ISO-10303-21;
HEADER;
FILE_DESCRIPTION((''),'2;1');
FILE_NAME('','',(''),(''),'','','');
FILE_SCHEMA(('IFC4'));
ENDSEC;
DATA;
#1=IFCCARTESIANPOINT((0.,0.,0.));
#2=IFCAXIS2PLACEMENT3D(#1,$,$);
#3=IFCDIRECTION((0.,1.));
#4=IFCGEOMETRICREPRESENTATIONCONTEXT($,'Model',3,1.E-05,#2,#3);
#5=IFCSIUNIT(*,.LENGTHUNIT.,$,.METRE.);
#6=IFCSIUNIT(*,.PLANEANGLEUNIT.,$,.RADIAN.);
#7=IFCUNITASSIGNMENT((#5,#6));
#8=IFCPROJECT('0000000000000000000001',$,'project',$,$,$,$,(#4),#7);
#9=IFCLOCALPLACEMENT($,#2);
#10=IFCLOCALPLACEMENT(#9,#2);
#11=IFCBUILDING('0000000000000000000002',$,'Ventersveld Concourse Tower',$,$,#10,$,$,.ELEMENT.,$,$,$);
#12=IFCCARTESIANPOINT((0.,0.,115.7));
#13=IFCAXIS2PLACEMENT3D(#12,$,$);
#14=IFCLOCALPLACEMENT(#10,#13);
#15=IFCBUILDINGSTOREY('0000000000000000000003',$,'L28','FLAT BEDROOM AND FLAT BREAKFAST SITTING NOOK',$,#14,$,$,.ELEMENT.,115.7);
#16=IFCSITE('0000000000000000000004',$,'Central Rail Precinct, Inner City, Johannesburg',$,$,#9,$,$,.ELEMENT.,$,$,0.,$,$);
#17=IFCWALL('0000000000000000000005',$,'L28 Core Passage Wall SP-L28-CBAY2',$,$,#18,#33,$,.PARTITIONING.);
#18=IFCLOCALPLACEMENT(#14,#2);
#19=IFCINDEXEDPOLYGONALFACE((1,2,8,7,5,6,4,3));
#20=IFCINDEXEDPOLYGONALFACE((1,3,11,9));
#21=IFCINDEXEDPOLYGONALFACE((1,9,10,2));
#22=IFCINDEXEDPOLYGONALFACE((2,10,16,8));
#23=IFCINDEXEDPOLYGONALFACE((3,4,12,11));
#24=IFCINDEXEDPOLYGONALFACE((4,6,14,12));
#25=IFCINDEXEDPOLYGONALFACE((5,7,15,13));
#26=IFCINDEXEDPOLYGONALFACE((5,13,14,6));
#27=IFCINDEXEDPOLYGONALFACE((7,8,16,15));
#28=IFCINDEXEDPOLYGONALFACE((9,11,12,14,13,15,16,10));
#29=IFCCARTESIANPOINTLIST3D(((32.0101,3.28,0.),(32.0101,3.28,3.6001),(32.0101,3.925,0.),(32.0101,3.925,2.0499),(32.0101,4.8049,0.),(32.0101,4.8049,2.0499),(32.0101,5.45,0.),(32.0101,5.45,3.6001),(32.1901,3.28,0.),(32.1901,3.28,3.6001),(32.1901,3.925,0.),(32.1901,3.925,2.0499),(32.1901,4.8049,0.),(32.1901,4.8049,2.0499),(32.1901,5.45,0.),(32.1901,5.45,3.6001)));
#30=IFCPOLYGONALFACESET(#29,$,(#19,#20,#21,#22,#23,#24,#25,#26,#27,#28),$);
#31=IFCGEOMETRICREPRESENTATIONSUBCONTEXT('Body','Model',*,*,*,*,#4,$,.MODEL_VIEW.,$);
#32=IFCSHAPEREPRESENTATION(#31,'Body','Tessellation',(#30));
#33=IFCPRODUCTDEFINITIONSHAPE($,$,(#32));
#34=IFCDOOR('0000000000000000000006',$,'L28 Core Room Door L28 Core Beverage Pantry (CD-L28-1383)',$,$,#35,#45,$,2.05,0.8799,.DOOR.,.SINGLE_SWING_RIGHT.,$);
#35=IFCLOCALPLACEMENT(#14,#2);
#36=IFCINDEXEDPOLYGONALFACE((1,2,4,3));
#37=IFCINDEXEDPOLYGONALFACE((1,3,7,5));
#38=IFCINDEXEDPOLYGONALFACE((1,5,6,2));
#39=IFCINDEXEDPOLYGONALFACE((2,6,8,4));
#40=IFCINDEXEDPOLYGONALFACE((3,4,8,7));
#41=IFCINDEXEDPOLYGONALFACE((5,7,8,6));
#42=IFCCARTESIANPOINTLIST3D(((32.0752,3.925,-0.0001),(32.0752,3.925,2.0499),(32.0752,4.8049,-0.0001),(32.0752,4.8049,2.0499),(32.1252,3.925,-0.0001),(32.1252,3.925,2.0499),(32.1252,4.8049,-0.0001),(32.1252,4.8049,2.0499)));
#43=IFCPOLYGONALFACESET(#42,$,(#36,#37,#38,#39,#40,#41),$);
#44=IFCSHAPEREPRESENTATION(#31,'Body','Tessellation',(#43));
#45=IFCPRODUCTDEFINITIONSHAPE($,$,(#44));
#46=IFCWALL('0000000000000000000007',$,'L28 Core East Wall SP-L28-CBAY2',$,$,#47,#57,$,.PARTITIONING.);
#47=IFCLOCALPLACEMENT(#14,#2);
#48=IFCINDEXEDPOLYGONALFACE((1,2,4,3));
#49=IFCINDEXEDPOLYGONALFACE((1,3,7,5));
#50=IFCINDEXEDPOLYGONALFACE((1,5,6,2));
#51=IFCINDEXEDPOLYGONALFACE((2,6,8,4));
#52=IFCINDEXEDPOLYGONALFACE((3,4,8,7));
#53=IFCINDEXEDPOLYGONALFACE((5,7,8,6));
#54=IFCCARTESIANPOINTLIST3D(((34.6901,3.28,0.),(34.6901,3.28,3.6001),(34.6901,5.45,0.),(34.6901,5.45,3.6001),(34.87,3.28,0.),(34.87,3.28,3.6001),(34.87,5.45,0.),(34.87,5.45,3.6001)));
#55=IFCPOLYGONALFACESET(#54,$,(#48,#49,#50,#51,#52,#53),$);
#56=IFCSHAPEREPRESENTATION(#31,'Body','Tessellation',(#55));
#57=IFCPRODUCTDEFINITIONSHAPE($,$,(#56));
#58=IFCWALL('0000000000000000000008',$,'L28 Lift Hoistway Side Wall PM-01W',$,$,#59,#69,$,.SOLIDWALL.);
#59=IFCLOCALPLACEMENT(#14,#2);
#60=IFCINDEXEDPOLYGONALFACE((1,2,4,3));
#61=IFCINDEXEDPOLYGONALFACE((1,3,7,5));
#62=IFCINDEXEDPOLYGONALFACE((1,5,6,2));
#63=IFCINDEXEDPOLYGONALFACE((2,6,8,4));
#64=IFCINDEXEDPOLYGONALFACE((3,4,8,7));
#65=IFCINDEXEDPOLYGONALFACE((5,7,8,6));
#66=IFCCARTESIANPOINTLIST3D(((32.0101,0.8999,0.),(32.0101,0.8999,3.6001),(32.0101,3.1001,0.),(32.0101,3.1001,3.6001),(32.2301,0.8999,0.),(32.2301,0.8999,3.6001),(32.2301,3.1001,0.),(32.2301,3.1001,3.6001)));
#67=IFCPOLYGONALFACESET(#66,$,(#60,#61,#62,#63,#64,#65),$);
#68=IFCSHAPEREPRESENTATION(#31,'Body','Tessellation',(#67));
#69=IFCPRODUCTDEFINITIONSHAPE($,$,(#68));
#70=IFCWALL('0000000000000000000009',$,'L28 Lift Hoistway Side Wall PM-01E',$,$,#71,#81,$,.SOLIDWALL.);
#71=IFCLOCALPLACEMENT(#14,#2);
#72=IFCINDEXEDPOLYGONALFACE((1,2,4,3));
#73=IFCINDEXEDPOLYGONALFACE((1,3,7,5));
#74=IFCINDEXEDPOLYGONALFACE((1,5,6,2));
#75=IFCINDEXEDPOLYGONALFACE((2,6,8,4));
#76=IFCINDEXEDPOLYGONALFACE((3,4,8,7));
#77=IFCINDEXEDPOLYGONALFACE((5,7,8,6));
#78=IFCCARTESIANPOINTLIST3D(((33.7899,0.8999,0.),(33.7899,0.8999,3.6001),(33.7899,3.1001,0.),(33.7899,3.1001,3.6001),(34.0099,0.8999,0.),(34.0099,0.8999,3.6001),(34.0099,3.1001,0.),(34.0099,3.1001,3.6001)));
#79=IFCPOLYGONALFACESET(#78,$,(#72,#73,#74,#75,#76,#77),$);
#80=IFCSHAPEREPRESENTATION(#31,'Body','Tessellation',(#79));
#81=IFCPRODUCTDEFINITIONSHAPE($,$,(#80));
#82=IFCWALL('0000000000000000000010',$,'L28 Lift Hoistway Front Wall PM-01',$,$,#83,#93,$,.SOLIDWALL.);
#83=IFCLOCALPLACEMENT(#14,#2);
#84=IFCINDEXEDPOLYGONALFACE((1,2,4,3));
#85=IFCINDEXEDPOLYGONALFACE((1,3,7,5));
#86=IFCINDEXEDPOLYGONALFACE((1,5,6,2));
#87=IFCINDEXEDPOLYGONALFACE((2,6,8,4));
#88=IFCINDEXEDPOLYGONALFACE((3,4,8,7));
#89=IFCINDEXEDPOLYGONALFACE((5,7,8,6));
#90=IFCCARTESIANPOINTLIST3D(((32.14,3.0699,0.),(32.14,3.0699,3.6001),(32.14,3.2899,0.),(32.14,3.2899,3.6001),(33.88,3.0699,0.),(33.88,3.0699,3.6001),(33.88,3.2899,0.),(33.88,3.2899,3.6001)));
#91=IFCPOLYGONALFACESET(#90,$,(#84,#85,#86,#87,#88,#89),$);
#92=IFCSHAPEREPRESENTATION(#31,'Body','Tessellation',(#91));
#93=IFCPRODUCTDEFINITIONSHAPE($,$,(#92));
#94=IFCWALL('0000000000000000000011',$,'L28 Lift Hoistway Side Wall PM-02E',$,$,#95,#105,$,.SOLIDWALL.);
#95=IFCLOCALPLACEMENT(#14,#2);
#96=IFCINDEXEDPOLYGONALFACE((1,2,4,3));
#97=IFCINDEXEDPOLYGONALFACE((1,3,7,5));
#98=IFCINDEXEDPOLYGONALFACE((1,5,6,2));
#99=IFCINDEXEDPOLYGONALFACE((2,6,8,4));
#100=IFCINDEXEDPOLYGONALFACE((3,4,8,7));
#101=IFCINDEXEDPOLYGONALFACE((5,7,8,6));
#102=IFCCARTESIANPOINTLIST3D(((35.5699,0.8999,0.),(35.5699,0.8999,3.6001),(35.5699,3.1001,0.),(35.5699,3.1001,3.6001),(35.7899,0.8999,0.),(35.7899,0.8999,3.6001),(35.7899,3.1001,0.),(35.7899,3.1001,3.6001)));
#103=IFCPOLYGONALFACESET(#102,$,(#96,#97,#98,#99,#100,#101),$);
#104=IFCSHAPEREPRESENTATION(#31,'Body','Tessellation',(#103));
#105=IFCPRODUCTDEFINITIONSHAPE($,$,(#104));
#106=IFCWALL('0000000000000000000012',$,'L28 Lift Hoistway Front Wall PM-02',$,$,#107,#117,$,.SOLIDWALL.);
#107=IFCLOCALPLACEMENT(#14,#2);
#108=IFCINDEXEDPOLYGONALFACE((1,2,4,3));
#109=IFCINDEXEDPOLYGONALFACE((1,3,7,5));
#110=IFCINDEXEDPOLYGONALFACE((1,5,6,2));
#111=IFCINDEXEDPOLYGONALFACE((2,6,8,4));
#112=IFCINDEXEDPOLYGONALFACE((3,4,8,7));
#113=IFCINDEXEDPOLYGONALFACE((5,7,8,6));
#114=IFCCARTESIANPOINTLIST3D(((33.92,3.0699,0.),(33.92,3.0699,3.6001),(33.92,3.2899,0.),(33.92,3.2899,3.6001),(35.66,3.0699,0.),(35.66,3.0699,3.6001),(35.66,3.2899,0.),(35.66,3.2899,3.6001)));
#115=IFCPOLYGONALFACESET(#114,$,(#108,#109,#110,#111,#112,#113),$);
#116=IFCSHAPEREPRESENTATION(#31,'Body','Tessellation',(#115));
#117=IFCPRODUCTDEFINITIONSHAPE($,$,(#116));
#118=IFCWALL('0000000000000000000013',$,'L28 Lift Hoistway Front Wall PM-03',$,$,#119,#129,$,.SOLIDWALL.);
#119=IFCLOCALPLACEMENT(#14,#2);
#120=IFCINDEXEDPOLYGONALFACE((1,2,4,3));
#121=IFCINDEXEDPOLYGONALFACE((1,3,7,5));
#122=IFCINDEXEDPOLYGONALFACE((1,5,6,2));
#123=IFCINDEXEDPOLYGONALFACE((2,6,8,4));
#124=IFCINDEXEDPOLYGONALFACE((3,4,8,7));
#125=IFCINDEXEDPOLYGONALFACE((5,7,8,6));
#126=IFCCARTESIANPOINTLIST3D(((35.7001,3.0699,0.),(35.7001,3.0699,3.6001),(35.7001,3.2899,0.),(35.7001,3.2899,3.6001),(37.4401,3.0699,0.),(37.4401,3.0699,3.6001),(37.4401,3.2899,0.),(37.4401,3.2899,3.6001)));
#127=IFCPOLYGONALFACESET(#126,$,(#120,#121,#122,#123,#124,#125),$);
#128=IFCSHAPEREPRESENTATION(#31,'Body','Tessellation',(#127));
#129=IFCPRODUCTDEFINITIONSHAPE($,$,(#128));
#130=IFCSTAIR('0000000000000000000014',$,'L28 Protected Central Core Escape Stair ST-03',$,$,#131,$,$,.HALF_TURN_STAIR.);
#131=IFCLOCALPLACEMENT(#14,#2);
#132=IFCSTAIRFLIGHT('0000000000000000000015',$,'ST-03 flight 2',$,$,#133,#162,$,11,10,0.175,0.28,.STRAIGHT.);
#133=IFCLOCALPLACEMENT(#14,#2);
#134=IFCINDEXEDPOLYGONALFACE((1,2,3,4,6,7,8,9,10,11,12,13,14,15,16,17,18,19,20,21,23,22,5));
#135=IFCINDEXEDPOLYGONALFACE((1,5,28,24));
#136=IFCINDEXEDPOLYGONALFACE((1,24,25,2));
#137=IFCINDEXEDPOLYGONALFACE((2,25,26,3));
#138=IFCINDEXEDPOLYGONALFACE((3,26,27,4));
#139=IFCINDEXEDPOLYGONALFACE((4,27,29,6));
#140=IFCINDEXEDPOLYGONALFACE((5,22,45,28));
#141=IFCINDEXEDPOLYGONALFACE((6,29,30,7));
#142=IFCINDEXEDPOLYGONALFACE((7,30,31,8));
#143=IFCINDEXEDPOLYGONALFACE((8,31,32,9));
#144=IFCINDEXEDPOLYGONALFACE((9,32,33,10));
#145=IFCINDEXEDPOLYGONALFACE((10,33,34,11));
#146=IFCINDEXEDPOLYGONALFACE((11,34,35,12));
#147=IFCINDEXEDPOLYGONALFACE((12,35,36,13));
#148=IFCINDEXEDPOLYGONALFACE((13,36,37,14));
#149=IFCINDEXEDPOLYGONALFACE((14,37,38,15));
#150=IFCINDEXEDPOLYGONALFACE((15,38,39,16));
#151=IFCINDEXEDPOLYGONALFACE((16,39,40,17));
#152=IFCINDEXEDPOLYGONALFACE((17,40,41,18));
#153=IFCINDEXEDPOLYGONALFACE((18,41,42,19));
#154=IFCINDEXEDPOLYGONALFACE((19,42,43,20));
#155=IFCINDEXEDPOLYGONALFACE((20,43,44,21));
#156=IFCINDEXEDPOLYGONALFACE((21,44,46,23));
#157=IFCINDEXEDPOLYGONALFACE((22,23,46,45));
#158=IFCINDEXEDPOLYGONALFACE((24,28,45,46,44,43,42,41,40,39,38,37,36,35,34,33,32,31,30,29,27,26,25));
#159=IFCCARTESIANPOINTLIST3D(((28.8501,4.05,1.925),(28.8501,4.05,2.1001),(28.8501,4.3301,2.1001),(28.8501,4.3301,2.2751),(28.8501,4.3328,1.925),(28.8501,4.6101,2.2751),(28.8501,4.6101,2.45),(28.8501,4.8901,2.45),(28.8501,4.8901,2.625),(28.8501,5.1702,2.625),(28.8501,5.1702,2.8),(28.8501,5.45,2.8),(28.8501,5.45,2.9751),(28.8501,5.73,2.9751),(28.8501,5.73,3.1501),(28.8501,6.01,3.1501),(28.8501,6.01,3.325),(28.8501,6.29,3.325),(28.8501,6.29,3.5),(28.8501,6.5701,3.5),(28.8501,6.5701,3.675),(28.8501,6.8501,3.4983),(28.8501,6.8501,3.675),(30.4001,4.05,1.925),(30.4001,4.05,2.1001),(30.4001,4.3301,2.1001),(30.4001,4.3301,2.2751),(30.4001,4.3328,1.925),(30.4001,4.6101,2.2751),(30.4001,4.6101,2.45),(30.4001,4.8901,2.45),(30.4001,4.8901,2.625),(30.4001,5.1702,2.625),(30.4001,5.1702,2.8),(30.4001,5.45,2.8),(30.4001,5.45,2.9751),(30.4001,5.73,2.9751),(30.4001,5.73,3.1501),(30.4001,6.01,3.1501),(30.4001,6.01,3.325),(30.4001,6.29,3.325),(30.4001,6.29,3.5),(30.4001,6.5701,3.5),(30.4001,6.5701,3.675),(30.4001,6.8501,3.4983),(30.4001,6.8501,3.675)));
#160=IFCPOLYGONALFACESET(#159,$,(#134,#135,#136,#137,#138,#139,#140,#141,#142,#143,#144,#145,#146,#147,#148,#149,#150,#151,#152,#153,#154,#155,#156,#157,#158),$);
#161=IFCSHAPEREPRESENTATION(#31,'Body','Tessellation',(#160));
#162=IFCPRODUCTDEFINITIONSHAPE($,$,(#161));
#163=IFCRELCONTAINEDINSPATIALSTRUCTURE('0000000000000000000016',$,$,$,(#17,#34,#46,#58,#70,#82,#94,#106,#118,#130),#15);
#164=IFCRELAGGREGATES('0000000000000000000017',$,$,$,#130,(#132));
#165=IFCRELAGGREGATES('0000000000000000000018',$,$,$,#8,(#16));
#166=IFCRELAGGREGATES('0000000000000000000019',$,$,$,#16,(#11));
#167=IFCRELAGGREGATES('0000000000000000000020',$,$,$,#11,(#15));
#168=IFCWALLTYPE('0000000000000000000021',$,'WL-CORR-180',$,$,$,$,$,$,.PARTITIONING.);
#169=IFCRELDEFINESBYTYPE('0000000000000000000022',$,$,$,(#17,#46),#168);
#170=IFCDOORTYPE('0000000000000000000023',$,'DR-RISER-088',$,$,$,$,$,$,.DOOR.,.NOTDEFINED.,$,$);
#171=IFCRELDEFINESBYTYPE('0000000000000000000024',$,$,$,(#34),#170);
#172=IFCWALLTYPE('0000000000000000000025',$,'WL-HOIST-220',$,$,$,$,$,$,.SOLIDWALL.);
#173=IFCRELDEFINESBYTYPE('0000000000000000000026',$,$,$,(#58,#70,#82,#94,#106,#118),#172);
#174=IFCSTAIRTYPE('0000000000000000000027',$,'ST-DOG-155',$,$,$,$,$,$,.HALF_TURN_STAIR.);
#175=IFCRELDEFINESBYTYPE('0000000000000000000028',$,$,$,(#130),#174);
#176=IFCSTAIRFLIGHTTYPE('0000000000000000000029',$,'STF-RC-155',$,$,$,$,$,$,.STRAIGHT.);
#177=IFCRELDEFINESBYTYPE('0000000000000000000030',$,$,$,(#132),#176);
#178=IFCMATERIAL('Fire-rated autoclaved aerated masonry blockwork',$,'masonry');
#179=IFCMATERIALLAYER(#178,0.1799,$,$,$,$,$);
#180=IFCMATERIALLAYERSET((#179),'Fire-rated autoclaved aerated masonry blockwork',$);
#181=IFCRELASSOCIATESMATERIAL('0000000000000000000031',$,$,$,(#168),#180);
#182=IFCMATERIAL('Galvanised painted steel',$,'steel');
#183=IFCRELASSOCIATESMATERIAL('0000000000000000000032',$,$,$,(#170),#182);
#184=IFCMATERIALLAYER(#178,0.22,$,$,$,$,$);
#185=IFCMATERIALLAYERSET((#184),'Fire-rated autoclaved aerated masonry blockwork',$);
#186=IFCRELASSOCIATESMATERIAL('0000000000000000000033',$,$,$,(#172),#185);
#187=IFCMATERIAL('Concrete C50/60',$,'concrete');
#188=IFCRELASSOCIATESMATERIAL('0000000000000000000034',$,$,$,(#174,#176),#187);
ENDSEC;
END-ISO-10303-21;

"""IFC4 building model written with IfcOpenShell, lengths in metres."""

from ifc_helpers import new_model, si_unit, direction, frame, frame_2d, origin, place, context, subcontext, project, spatial, polyline, rectangle, outline, extrude, material, layer, layer_set, type_object, element, fill, aggregate, save


model = new_model("IFC4")

# Units and contexts
model_context = context("Model", 3, precision=1e-05, world=origin(), true_north=direction((0.0, 1.0)))
body_context = subcontext(model_context, "Body", "Model", "MODEL_VIEW")
ifc_project = project(units=[si_unit("LENGTHUNIT", "METRE"), si_unit("PLANEANGLEUNIT", "RADIAN")], contexts=[model_context])

# Site, building, storey
site_placement = place(None, origin())
site = spatial("IfcSite", under=ifc_project, at=site_placement, Name="Central Rail Precinct, Inner City, Johannesburg", CompositionType="ELEMENT", RefElevation=0.0)
building_placement = place(site_placement, origin())
building = spatial("IfcBuilding", under=site, at=building_placement, Name="Ventersveld Concourse Tower", CompositionType="ELEMENT")
storey_placement = place(building_placement, frame((0.0, 0.0, 115.7)))
storey = spatial("IfcBuildingStorey", under=building, at=storey_placement, Name="L28", Description="FLAT BEDROOM AND FLAT BREAKFAST SITTING NOOK", CompositionType="ELEMENT", Elevation=115.7)

# Shared definitions
ifc_material_1 = material(Name="Concrete C50/60", Category="concrete")

# Wall, opening, door
ifc_material_2 = material(Name="Fire-rated autoclaved aerated masonry blockwork", Category="masonry")
ifc_layer_1 = layer(ifc_material_2, 0.1799)
ifc_layer_set_1 = layer_set([ifc_layer_1], Name="Fire-rated autoclaved aerated masonry blockwork")
wall_type_1 = type_object("IfcWallType", Name="WL-CORR-180", PredefinedType="PARTITIONING", material=ifc_layer_set_1)
wall_1_placement = place(storey_placement, frame((32.1001, 3.28, 0.0), z_axis=(0.0, 0.0, 1.0), x_axis=(0.0, 1.0, 0.0)))
wall_1 = element("IfcWall", 1, at=wall_1_placement, inside=storey, type_object=wall_type_1, Name="L28 Core Passage Wall SP-L28-CBAY2", PredefinedType="PARTITIONING", context=body_context, shape_type="SweptSolid", body=[
    extrude(rectangle(XDim=2.1699, YDim=0.1799, at=frame_2d((1.085, 0.0))), origin(), (0.0, 0.0, 1.0), 3.6001),
])
opening_placement = place(wall_1_placement, frame((0.645, 0.0, 0.0)))
opening = element("IfcOpeningElement", 2, at=opening_placement, cuts=wall_1, PredefinedType="OPENING", context=body_context, shape_type="SweptSolid", body=[
    extrude(rectangle(XDim=0.8799, YDim=2.05, at=frame_2d((0.4399, 1.0249))), frame((0.0, 0.1001, 0.0), z_axis=(0.0, -1.0, 0.0), x_axis=(1.0, 0.0, 0.0)), (0.0, 0.0, 1.0), 0.2),
])
ifc_material_3 = material(Name="Galvanised painted steel", Category="steel")
door_type = type_object("IfcDoorType", Name="DR-RISER-088", OperationType="NOTDEFINED", PredefinedType="DOOR", material=ifc_material_3)
door_placement = place(opening_placement, origin())
door = element("IfcDoor", 3, at=door_placement, inside=storey, type_object=door_type, Name="L28 Core Room Door L28 Core Beverage Pantry (CD-L28-1383)", OperationType="SINGLE_SWING_RIGHT", OverallHeight=2.05, OverallWidth=0.8799, PredefinedType="DOOR", context=body_context, shape_type="SweptSolid", body=[
    extrude(rectangle(XDim=0.8799, YDim=2.05, at=frame_2d((0.4399, 1.0249))), frame((0.0, 0.0249, 0.0), z_axis=(0.0, -1.0, 0.0), x_axis=(1.0, 0.0, 0.0)), (0.0, 0.0, 1.0), 0.05),
])
fill(opening, door)

# Walls
wall_2_placement = place(storey_placement, frame((34.78, 3.28, 0.0), z_axis=(0.0, 0.0, 1.0), x_axis=(0.0, 1.0, 0.0)))
element("IfcWall", 4, at=wall_2_placement, inside=storey, type_object=wall_type_1, Name="L28 Core East Wall SP-L28-CBAY2", PredefinedType="PARTITIONING", context=body_context, shape_type="SweptSolid", body=[
    extrude(rectangle(XDim=2.1699, YDim=0.1799, at=frame_2d((1.085, 0.0))), origin(), (0.0, 0.0, 1.0), 3.6001),
])
ifc_layer_2 = layer(ifc_material_2, 0.22)
ifc_layer_set_2 = layer_set([ifc_layer_2], Name="Fire-rated autoclaved aerated masonry blockwork")
wall_type_2 = type_object("IfcWallType", Name="WL-HOIST-220", PredefinedType="SOLIDWALL", material=ifc_layer_set_2)
for number, where, z_axis, x_axis, name in (
    (5, (32.1201, 0.8999, 0.0), (0.0, 0.0, 1.0), (0.0, 1.0, 0.0), "L28 Lift Hoistway Side Wall PM-01W"),
    (6, (33.8999, 0.8999, 0.0), (0.0, 0.0, 1.0), (0.0, 1.0, 0.0), "L28 Lift Hoistway Side Wall PM-01E"),
):
    element("IfcWall", number, at=place(storey_placement, frame(where, z_axis=z_axis, x_axis=x_axis)), inside=storey, type_object=wall_type_2, Name=name, PredefinedType="SOLIDWALL", context=body_context, shape_type="SweptSolid", body=[
        extrude(rectangle(XDim=2.2002, YDim=0.22, at=frame_2d((1.1001, 0.0))), origin(), (0.0, 0.0, 1.0), 3.6001),
    ])
wall_3_placement = place(storey_placement, frame((32.1399, 3.1799, 0.0), z_axis=(0.0, 0.0, 1.0), x_axis=(1.0, 0.0, 0.0)))
element("IfcWall", 7, at=wall_3_placement, inside=storey, type_object=wall_type_2, Name="L28 Lift Hoistway Front Wall PM-01", PredefinedType="SOLIDWALL", context=body_context, shape_type="SweptSolid", body=[
    extrude(rectangle(XDim=1.74, YDim=0.22, at=frame_2d((0.8701, 0.0))), origin(), (0.0, 0.0, 1.0), 3.6001),
])
wall_4_placement = place(storey_placement, frame((35.6799, 0.8999, 0.0), z_axis=(0.0, 0.0, 1.0), x_axis=(0.0, 1.0, 0.0)))
element("IfcWall", 8, at=wall_4_placement, inside=storey, type_object=wall_type_2, Name="L28 Lift Hoistway Side Wall PM-02E", PredefinedType="SOLIDWALL", context=body_context, shape_type="SweptSolid", body=[
    extrude(rectangle(XDim=2.2002, YDim=0.22, at=frame_2d((1.1001, 0.0))), origin(), (0.0, 0.0, 1.0), 3.6001),
])
for number, where, z_axis, x_axis, name in (
    (9, (33.9199, 3.1799, 0.0), (0.0, 0.0, 1.0), (1.0, 0.0, 0.0), "L28 Lift Hoistway Front Wall PM-02"),
    (10, (35.7, 3.1799, 0.0), (0.0, 0.0, 1.0), (1.0, 0.0, 0.0), "L28 Lift Hoistway Front Wall PM-03"),
):
    element("IfcWall", number, at=place(storey_placement, frame(where, z_axis=z_axis, x_axis=x_axis)), inside=storey, type_object=wall_type_2, Name=name, PredefinedType="SOLIDWALL", context=body_context, shape_type="SweptSolid", body=[
        extrude(rectangle(XDim=1.74, YDim=0.22, at=frame_2d((0.8701, 0.0))), origin(), (0.0, 0.0, 1.0), 3.6001),
    ])

# Stair, stair flight
stair_type = type_object("IfcStairType", Name="ST-DOG-155", PredefinedType="HALF_TURN_STAIR", material=ifc_material_1)
stair_placement = place(storey_placement, origin())
stair = element("IfcStair", 11, at=stair_placement, inside=storey, type_object=stair_type, Name="L28 Protected Central Core Escape Stair ST-03", PredefinedType="HALF_TURN_STAIR")
stair_flight_type = type_object("IfcStairFlightType", Name="STF-RC-155", PredefinedType="STRAIGHT", material=ifc_material_1)
stair_flight_placement = place(storey_placement, frame((29.625, 4.05, 1.925), z_axis=(0.0, 0.0, 1.0), x_axis=(0.0, 1.0, 0.0)))
stair_flight = element("IfcStairFlight", 12, at=stair_flight_placement, type_object=stair_flight_type, Name="ST-03 flight 2", NumberOfRisers=11, NumberOfTreads=10, PredefinedType="STRAIGHT", RiserHeight=0.175, TreadLength=0.28, context=body_context, shape_type="SweptSolid", body=[
    extrude(outline(polyline([(0.0, 0.0), (0.0, 0.175), (0.28, 0.175), (0.28, 0.3501), (0.5601, 0.3501), (0.5601, 0.5249), (0.8401, 0.5249), (0.8401, 0.7), (1.1201, 0.7), (1.1201, 0.875), (1.3999, 0.875), (1.3999, 1.05), (1.6799, 1.05), (1.6799, 1.2251), (1.96, 1.2251), (1.96, 1.3999), (2.24, 1.3999), (2.24, 1.575), (2.52, 1.575), (2.52, 1.75), (2.8, 1.75), (2.8, 1.925), (2.8, 1.5732), (0.2827, 0.0), (0.0, 0.0)])), frame((0.0, 0.7749, 0.0), z_axis=(0.0, -1.0, 0.0), x_axis=(1.0, 0.0, 0.0)), (0.0, 0.0, 1.0), 1.55),
])
aggregate(stair, [stair_flight])

save(model, "model.ifc")
